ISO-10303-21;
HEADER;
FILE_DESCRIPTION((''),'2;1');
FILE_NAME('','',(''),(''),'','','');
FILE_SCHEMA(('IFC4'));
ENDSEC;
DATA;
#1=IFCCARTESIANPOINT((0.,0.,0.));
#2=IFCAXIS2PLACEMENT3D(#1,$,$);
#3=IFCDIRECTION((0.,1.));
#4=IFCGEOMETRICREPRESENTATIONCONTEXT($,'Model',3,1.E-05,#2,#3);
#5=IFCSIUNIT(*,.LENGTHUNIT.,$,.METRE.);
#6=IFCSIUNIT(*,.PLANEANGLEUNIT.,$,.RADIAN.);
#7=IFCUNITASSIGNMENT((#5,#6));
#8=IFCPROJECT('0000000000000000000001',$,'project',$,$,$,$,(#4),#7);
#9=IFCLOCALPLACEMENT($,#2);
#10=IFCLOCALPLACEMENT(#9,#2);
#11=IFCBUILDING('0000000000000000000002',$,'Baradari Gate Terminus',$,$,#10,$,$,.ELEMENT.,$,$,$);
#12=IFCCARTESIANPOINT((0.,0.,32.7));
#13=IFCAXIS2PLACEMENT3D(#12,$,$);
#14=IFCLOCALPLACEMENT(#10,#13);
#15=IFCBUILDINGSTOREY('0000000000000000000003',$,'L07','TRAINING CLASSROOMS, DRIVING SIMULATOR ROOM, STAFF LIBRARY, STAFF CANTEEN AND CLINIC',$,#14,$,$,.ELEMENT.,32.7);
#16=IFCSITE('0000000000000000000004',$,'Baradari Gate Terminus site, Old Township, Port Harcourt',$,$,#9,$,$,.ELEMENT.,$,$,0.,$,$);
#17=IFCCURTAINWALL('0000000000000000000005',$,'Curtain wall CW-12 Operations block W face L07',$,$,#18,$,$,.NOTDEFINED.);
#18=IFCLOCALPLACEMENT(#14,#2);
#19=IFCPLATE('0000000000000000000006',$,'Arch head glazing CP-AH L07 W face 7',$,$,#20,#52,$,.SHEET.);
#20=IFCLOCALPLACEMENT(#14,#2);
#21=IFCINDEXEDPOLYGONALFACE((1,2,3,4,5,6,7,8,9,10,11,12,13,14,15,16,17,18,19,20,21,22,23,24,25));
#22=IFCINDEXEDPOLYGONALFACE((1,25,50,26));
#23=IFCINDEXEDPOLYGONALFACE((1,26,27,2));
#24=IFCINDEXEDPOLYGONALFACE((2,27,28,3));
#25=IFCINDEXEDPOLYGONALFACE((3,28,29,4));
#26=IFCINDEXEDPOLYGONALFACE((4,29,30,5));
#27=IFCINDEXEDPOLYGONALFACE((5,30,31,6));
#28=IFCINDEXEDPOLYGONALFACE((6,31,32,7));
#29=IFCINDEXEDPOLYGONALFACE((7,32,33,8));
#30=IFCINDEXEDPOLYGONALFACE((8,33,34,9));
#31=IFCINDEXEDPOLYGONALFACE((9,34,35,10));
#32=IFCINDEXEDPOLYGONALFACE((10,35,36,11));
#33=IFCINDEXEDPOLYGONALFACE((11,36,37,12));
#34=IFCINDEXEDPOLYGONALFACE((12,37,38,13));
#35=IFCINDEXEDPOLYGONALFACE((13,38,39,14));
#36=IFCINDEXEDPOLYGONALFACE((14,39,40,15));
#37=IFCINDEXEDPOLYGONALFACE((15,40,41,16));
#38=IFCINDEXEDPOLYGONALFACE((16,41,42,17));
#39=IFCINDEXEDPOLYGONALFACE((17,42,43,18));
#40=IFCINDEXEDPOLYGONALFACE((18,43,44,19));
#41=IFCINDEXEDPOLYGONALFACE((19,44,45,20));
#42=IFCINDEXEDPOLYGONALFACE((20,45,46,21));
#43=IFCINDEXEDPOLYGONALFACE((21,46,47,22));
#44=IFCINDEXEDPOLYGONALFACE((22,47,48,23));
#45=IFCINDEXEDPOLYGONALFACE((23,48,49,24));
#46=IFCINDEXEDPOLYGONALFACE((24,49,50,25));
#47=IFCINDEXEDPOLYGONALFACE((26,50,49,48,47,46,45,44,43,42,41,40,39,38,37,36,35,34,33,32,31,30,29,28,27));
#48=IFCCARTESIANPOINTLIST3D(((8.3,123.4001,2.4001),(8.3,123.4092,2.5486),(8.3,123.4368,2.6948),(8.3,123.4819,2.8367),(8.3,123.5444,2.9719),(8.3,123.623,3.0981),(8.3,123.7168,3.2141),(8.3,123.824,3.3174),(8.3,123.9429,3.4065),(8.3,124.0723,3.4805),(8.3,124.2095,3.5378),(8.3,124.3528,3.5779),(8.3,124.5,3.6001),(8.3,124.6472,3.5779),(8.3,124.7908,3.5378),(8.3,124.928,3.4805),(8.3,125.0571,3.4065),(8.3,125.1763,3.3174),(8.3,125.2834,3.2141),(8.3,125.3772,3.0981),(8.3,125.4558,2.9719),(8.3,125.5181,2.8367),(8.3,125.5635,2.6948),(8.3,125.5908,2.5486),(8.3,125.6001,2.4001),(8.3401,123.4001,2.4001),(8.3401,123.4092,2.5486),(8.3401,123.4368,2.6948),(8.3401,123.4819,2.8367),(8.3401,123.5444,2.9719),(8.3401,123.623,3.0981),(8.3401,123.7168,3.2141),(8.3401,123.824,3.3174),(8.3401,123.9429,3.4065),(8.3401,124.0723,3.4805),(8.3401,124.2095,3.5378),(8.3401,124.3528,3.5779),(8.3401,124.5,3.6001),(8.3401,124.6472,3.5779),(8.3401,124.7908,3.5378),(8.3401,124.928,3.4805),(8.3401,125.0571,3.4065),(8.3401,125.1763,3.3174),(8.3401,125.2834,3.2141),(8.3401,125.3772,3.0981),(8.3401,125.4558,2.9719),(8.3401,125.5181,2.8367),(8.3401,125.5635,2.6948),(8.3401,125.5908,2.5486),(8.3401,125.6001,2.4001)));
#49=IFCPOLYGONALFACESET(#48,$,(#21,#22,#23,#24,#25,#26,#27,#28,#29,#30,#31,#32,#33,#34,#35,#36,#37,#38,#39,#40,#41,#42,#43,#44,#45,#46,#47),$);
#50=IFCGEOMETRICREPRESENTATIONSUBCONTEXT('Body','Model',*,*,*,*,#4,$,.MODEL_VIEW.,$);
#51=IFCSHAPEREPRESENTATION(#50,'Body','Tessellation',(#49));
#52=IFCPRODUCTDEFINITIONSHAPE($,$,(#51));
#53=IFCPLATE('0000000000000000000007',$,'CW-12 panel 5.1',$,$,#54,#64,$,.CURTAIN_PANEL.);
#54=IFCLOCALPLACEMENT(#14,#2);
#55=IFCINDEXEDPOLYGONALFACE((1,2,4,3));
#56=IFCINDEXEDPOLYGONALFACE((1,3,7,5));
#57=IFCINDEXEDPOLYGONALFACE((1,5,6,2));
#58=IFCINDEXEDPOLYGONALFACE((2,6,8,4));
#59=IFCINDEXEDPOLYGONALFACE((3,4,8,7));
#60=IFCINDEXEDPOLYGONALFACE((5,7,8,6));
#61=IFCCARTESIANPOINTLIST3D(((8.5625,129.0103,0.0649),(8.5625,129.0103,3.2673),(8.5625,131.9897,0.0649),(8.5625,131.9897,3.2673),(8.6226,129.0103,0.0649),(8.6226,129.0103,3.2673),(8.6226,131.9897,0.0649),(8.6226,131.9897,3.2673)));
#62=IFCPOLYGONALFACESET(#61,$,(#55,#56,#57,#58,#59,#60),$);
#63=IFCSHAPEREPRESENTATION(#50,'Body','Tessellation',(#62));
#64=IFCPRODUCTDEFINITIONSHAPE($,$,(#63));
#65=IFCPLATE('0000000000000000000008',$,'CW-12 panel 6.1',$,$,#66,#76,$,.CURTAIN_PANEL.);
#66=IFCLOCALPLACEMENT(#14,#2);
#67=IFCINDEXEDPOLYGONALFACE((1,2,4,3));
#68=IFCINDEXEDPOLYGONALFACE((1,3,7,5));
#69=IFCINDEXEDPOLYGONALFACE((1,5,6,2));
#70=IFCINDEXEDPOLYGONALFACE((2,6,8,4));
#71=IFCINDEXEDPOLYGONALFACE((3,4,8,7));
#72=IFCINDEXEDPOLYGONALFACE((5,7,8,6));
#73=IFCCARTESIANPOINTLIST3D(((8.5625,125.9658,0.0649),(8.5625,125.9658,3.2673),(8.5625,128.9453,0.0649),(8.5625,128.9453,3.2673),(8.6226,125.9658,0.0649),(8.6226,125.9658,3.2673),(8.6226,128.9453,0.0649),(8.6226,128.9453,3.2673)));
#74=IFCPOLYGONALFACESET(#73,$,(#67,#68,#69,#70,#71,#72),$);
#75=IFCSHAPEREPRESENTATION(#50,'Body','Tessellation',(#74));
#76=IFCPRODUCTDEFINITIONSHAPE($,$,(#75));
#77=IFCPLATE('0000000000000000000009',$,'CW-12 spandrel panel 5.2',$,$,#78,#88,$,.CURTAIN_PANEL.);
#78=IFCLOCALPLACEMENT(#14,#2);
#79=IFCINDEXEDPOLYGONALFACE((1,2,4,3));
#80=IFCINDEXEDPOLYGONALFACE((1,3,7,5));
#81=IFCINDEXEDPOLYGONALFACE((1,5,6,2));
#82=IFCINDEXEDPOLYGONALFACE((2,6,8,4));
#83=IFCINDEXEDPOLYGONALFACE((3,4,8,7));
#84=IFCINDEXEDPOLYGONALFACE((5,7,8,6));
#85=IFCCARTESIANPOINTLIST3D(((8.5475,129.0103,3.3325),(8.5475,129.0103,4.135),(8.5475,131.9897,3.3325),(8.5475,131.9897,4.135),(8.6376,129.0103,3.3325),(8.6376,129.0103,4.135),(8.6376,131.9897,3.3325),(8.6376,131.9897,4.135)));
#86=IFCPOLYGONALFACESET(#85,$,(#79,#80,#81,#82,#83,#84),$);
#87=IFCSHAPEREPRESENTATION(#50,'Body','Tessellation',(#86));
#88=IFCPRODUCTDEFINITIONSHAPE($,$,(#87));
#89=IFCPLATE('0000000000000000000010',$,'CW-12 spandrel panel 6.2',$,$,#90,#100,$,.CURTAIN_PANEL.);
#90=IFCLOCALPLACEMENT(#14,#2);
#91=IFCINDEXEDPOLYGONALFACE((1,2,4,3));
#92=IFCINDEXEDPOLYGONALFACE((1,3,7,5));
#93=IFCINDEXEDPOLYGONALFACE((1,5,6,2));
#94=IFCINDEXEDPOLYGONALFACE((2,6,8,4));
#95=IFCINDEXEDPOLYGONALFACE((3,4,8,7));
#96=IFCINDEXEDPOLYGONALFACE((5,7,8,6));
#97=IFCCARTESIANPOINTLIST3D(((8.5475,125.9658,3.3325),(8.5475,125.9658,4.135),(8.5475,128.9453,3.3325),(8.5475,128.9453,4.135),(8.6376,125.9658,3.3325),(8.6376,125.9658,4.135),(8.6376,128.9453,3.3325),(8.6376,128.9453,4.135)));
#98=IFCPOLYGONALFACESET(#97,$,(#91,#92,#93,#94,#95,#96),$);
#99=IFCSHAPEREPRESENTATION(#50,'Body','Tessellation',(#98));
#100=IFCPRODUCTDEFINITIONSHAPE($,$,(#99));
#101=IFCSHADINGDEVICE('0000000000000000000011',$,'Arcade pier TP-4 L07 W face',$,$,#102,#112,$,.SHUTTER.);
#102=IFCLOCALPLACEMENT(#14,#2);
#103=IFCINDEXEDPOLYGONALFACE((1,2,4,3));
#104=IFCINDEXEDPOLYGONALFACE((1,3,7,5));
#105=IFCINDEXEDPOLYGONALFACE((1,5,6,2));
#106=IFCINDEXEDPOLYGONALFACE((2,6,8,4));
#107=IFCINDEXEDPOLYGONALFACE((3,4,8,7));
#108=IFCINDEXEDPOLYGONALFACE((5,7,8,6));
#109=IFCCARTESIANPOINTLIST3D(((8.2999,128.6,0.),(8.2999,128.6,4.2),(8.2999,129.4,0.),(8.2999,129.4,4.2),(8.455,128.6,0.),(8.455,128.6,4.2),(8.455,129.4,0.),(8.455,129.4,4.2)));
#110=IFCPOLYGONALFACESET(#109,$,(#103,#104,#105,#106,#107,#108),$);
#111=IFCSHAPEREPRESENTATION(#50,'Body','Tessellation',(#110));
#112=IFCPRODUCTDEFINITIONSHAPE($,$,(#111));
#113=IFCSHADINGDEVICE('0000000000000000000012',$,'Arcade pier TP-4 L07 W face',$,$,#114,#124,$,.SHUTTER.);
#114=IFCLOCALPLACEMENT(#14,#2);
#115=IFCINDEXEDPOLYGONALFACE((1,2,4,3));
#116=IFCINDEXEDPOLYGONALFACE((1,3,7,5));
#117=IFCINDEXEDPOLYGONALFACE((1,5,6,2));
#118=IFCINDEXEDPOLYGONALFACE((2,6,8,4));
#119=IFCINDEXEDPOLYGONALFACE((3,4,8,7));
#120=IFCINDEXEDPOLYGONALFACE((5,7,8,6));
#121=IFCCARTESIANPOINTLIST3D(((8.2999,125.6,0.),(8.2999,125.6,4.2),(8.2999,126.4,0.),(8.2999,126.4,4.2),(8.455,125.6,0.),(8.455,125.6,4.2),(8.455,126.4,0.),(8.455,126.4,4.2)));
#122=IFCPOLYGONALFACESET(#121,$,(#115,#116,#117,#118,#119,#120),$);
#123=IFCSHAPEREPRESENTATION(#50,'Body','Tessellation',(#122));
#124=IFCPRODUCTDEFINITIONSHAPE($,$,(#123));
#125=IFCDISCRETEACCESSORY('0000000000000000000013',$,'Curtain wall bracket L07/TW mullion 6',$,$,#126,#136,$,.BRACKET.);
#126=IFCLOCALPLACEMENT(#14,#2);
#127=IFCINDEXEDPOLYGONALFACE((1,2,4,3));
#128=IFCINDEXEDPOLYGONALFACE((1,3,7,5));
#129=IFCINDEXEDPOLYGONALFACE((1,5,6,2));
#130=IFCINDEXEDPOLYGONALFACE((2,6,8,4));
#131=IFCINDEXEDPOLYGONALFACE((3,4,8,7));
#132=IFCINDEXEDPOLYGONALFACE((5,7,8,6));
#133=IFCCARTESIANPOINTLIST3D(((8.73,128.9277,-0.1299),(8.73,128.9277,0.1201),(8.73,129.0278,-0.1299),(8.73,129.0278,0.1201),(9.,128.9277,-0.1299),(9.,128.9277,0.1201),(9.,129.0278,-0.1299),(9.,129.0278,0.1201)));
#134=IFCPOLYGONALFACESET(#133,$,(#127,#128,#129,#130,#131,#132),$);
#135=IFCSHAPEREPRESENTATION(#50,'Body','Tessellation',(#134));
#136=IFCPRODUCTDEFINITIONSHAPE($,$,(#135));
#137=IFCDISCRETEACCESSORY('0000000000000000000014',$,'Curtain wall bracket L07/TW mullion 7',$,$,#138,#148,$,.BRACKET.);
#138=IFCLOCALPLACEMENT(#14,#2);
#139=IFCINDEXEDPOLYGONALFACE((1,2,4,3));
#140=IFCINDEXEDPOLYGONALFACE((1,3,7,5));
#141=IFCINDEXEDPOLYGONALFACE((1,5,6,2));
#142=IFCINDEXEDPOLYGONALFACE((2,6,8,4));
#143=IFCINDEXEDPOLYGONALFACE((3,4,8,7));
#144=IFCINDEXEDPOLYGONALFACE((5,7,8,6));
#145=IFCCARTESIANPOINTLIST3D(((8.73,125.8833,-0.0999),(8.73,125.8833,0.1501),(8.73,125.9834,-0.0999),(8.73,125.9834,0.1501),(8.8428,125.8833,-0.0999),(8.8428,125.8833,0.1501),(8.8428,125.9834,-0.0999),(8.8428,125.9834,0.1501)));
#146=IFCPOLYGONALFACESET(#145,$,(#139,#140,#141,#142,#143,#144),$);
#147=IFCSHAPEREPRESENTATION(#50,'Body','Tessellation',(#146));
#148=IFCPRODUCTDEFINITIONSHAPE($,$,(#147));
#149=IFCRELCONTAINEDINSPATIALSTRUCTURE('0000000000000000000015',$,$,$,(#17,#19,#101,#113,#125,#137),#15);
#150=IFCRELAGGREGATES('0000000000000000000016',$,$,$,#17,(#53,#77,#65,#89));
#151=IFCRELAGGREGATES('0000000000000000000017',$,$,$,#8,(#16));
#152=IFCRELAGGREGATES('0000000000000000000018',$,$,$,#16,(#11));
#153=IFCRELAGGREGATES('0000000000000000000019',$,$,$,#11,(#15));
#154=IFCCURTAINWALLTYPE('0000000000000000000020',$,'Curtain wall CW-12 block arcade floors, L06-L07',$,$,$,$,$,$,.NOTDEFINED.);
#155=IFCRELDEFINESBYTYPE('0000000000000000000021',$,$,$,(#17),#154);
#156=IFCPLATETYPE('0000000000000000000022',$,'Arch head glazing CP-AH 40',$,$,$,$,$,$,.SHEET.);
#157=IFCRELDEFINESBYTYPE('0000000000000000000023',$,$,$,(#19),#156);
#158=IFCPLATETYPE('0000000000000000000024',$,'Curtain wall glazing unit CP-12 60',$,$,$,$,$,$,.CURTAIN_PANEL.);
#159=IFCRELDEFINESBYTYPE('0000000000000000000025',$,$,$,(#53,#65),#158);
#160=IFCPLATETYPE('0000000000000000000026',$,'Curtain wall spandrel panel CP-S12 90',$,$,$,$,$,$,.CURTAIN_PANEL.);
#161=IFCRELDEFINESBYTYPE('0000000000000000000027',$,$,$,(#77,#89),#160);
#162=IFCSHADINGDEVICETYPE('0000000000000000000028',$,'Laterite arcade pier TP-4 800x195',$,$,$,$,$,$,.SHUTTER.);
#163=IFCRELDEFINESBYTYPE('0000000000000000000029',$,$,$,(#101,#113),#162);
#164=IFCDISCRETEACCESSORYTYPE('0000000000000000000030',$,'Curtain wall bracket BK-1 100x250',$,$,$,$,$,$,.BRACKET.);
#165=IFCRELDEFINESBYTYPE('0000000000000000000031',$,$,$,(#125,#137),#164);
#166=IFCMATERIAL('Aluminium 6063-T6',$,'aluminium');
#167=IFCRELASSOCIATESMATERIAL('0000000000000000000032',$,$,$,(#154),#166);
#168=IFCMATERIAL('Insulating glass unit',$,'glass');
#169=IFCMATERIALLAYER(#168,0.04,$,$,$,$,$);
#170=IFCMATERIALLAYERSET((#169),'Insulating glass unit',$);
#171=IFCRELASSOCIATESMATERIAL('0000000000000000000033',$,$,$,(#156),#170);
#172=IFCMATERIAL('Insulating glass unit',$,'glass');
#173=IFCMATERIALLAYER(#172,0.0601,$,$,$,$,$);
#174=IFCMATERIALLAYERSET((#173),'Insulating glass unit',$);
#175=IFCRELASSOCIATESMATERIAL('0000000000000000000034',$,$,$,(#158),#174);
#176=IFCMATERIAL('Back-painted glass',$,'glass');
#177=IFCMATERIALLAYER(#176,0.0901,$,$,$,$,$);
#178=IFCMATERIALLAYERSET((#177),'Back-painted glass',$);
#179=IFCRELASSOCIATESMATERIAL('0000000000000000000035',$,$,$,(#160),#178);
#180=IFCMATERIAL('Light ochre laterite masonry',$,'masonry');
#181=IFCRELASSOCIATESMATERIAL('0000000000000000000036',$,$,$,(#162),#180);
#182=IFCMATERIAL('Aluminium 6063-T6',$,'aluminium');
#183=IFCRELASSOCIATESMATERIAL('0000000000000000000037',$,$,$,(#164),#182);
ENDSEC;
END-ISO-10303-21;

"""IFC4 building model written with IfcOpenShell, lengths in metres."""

from ifc_helpers import new_model, si_unit, direction, frame, origin, origin_2d, place, context, subcontext, project, spatial, polyline, rectangle, outline, extrude, material, layer, layer_set, type_object, element, aggregate, save


model = new_model("IFC4")

# Units and contexts
model_context = context("Model", 3, precision=1e-05, world=origin(), true_north=direction((0.0, 1.0)))
body_context = subcontext(model_context, "Body", "Model", "MODEL_VIEW")
ifc_project = project(units=[si_unit("LENGTHUNIT", "METRE"), si_unit("PLANEANGLEUNIT", "RADIAN")], contexts=[model_context])

# Site, building, storey
site_placement = place(None, origin())
site = spatial("IfcSite", under=ifc_project, at=site_placement, Name="Baradari Gate Terminus site, Old Township, Port Harcourt", CompositionType="ELEMENT", RefElevation=0.0)
building_placement = place(site_placement, origin())
building = spatial("IfcBuilding", under=site, at=building_placement, Name="Baradari Gate Terminus", CompositionType="ELEMENT")
storey_placement = place(building_placement, frame((0.0, 0.0, 32.7)))
storey = spatial("IfcBuildingStorey", under=building, at=storey_placement, Name="L07", Description="TRAINING CLASSROOMS, DRIVING SIMULATOR ROOM, STAFF LIBRARY, STAFF CANTEEN AND CLINIC", CompositionType="ELEMENT", Elevation=32.7)

# Curtain wall
ifc_material_1 = material(Name="Aluminium 6063-T6", Category="aluminium")
curtain_wall_type = type_object("IfcCurtainWallType", Name="Curtain wall CW-12 block arcade floors, L06-L07", PredefinedType="NOTDEFINED", material=ifc_material_1)
curtain_wall_placement = place(storey_placement, origin())
curtain_wall = element("IfcCurtainWall", 1, at=curtain_wall_placement, inside=storey, type_object=curtain_wall_type, Name="Curtain wall CW-12 Operations block W face L07", PredefinedType="NOTDEFINED")

# Plate
ifc_material_2 = material(Name="Insulating glass unit", Category="glass")
ifc_layer_1 = layer(ifc_material_2, 0.04)
ifc_layer_set_1 = layer_set([ifc_layer_1], Name="Insulating glass unit")
plate_type_1 = type_object("IfcPlateType", Name="Arch head glazing CP-AH 40", PredefinedType="SHEET", material=ifc_layer_set_1)
for number, where, z_axis, x_axis, name in (
    (2, (8.3201, 125.6001, 2.4001), (0.0, 0.0, 1.0), (0.0, -1.0, 0.0), "Arch head glazing CP-AH L07 W face 7"),
):
    element("IfcPlate", number, at=place(storey_placement, frame(where, z_axis=z_axis, x_axis=x_axis)), inside=storey, type_object=plate_type_1, Name=name, PredefinedType="SHEET", context=body_context, shape_type="SweptSolid", body=[
        extrude(outline(polyline([(0.0, 0.0), (2.2, 0.0), (2.1909, 0.1484), (2.1633, 0.2947), (2.1182, 0.4365), (2.0557, 0.5718), (1.9771, 0.698), (1.8833, 0.814), (1.7761, 0.9172), (1.6572, 1.0063), (1.5278, 1.0803), (1.3906, 1.1377), (1.2473, 1.1777), (1.1001, 1.2), (0.9529, 1.1777), (0.8093, 1.1377), (0.6721, 1.0803), (0.543, 1.0063), (0.4238, 0.9172), (0.3167, 0.814), (0.2229, 0.698), (0.1443, 0.5718), (0.082, 0.4365), (0.0366, 0.2947), (0.0093, 0.1484), (0.0, 0.0)])), frame((0.0, 0.02, 0.0), z_axis=(0.0, -1.0, 0.0), x_axis=(1.0, 0.0, 0.0)), (0.0, 0.0, 1.0), 0.04),
    ])

# Plates
ifc_material_3 = material(Name="Insulating glass unit", Category="glass")
ifc_layer_2 = layer(ifc_material_3, 0.0601)
ifc_layer_set_2 = layer_set([ifc_layer_2], Name="Insulating glass unit")
plate_type_2 = type_object("IfcPlateType", Name="Curtain wall glazing unit CP-12 60", PredefinedType="CURTAIN_PANEL", material=ifc_layer_set_2)
plate_1_placement = place(storey_placement, frame((8.5925, 130.5, 0.0649), z_axis=(0.0, 0.0, 1.0), x_axis=(0.0, -1.0, 0.0)))
plate_1 = element("IfcPlate", 3, at=plate_1_placement, type_object=plate_type_2, Name="CW-12 panel 5.1", PredefinedType="CURTAIN_PANEL", context=body_context, shape_type="SweptSolid", body=[
    extrude(rectangle(XDim=2.9795, YDim=0.0601, at=origin_2d()), origin(), (0.0, 0.0, 1.0), 3.2024),
])
plate_2_placement = place(storey_placement, frame((8.5925, 127.4556, 0.0649), z_axis=(0.0, 0.0, 1.0), x_axis=(0.0, -1.0, 0.0)))
plate_2 = element("IfcPlate", 4, at=plate_2_placement, type_object=plate_type_2, Name="CW-12 panel 6.1", PredefinedType="CURTAIN_PANEL", context=body_context, shape_type="SweptSolid", body=[
    extrude(rectangle(XDim=2.9795, YDim=0.0601, at=origin_2d()), origin(), (0.0, 0.0, 1.0), 3.2024),
])
ifc_material_4 = material(Name="Back-painted glass", Category="glass")
ifc_layer_3 = layer(ifc_material_4, 0.0901)
ifc_layer_set_3 = layer_set([ifc_layer_3], Name="Back-painted glass")
plate_type_3 = type_object("IfcPlateType", Name="Curtain wall spandrel panel CP-S12 90", PredefinedType="CURTAIN_PANEL", material=ifc_layer_set_3)
plate_3_placement = place(storey_placement, frame((8.5925, 130.5, 3.3325), z_axis=(0.0, 0.0, 1.0), x_axis=(0.0, -1.0, 0.0)))
plate_3 = element("IfcPlate", 5, at=plate_3_placement, type_object=plate_type_3, Name="CW-12 spandrel panel 5.2", PredefinedType="CURTAIN_PANEL", context=body_context, shape_type="SweptSolid", body=[
    extrude(rectangle(XDim=2.9795, YDim=0.0901, at=origin_2d()), origin(), (0.0, 0.0, 1.0), 0.8025),
])
plate_4_placement = place(storey_placement, frame((8.5925, 127.4556, 3.3325), z_axis=(0.0, 0.0, 1.0), x_axis=(0.0, -1.0, 0.0)))
plate_4 = element("IfcPlate", 6, at=plate_4_placement, type_object=plate_type_3, Name="CW-12 spandrel panel 6.2", PredefinedType="CURTAIN_PANEL", context=body_context, shape_type="SweptSolid", body=[
    extrude(rectangle(XDim=2.9795, YDim=0.0901, at=origin_2d()), origin(), (0.0, 0.0, 1.0), 0.8025),
])
aggregate(curtain_wall, [plate_1, plate_3, plate_2, plate_4])

# Shading devices
ifc_material_5 = material(Name="Light ochre laterite masonry", Category="masonry")
shading_device_type = type_object("IfcShadingDeviceType", Name="Laterite arcade pier TP-4 800x195", PredefinedType="SHUTTER", material=ifc_material_5)
for number, where, z_axis, x_axis, name in (
    (7, (8.3774, 129.0, 0.0), (0.0, 0.0, 1.0), (0.0, -1.0, 0.0), "Arcade pier TP-4 L07 W face"),
    (8, (8.3774, 126.0, 0.0), (0.0, 0.0, 1.0), (0.0, -1.0, 0.0), "Arcade pier TP-4 L07 W face"),
):
    element("IfcShadingDevice", number, at=place(storey_placement, frame(where, z_axis=z_axis, x_axis=x_axis)), inside=storey, type_object=shading_device_type, Name=name, PredefinedType="SHUTTER", context=body_context, shape_type="SweptSolid", body=[
        extrude(rectangle(XDim=0.8, YDim=0.155, at=origin_2d()), origin(), (0.0, 0.0, 1.0), 4.2),
    ])

# Discrete accessories
ifc_material_6 = material(Name="Aluminium 6063-T6", Category="aluminium")
discrete_accessory_type = type_object("IfcDiscreteAccessoryType", Name="Curtain wall bracket BK-1 100x250", PredefinedType="BRACKET", material=ifc_material_6)
discrete_accessory_1_placement = place(storey_placement, frame((8.865, 128.9778, -0.1299), z_axis=(0.0, 0.0, 1.0), x_axis=(-1.0, 0.0, 0.0)))
element("IfcDiscreteAccessory", 9, at=discrete_accessory_1_placement, inside=storey, type_object=discrete_accessory_type, Name="Curtain wall bracket L07/TW mullion 6", PredefinedType="BRACKET", context=body_context, shape_type="SweptSolid", body=[
    extrude(rectangle(XDim=0.27, YDim=0.1001, at=origin_2d()), origin(), (0.0, 0.0, 1.0), 0.25),
])
discrete_accessory_2_placement = place(storey_placement, frame((8.7864, 125.9333, -0.0999), z_axis=(0.0, 0.0, 1.0), x_axis=(-1.0, 0.0, 0.0)))
element("IfcDiscreteAccessory", 10, at=discrete_accessory_2_placement, inside=storey, type_object=discrete_accessory_type, Name="Curtain wall bracket L07/TW mullion 7", PredefinedType="BRACKET", context=body_context, shape_type="SweptSolid", body=[
    extrude(rectangle(XDim=0.1128, YDim=0.1001, at=origin_2d()), origin(), (0.0, 0.0, 1.0), 0.25),
])

save(model, "model.ifc")
